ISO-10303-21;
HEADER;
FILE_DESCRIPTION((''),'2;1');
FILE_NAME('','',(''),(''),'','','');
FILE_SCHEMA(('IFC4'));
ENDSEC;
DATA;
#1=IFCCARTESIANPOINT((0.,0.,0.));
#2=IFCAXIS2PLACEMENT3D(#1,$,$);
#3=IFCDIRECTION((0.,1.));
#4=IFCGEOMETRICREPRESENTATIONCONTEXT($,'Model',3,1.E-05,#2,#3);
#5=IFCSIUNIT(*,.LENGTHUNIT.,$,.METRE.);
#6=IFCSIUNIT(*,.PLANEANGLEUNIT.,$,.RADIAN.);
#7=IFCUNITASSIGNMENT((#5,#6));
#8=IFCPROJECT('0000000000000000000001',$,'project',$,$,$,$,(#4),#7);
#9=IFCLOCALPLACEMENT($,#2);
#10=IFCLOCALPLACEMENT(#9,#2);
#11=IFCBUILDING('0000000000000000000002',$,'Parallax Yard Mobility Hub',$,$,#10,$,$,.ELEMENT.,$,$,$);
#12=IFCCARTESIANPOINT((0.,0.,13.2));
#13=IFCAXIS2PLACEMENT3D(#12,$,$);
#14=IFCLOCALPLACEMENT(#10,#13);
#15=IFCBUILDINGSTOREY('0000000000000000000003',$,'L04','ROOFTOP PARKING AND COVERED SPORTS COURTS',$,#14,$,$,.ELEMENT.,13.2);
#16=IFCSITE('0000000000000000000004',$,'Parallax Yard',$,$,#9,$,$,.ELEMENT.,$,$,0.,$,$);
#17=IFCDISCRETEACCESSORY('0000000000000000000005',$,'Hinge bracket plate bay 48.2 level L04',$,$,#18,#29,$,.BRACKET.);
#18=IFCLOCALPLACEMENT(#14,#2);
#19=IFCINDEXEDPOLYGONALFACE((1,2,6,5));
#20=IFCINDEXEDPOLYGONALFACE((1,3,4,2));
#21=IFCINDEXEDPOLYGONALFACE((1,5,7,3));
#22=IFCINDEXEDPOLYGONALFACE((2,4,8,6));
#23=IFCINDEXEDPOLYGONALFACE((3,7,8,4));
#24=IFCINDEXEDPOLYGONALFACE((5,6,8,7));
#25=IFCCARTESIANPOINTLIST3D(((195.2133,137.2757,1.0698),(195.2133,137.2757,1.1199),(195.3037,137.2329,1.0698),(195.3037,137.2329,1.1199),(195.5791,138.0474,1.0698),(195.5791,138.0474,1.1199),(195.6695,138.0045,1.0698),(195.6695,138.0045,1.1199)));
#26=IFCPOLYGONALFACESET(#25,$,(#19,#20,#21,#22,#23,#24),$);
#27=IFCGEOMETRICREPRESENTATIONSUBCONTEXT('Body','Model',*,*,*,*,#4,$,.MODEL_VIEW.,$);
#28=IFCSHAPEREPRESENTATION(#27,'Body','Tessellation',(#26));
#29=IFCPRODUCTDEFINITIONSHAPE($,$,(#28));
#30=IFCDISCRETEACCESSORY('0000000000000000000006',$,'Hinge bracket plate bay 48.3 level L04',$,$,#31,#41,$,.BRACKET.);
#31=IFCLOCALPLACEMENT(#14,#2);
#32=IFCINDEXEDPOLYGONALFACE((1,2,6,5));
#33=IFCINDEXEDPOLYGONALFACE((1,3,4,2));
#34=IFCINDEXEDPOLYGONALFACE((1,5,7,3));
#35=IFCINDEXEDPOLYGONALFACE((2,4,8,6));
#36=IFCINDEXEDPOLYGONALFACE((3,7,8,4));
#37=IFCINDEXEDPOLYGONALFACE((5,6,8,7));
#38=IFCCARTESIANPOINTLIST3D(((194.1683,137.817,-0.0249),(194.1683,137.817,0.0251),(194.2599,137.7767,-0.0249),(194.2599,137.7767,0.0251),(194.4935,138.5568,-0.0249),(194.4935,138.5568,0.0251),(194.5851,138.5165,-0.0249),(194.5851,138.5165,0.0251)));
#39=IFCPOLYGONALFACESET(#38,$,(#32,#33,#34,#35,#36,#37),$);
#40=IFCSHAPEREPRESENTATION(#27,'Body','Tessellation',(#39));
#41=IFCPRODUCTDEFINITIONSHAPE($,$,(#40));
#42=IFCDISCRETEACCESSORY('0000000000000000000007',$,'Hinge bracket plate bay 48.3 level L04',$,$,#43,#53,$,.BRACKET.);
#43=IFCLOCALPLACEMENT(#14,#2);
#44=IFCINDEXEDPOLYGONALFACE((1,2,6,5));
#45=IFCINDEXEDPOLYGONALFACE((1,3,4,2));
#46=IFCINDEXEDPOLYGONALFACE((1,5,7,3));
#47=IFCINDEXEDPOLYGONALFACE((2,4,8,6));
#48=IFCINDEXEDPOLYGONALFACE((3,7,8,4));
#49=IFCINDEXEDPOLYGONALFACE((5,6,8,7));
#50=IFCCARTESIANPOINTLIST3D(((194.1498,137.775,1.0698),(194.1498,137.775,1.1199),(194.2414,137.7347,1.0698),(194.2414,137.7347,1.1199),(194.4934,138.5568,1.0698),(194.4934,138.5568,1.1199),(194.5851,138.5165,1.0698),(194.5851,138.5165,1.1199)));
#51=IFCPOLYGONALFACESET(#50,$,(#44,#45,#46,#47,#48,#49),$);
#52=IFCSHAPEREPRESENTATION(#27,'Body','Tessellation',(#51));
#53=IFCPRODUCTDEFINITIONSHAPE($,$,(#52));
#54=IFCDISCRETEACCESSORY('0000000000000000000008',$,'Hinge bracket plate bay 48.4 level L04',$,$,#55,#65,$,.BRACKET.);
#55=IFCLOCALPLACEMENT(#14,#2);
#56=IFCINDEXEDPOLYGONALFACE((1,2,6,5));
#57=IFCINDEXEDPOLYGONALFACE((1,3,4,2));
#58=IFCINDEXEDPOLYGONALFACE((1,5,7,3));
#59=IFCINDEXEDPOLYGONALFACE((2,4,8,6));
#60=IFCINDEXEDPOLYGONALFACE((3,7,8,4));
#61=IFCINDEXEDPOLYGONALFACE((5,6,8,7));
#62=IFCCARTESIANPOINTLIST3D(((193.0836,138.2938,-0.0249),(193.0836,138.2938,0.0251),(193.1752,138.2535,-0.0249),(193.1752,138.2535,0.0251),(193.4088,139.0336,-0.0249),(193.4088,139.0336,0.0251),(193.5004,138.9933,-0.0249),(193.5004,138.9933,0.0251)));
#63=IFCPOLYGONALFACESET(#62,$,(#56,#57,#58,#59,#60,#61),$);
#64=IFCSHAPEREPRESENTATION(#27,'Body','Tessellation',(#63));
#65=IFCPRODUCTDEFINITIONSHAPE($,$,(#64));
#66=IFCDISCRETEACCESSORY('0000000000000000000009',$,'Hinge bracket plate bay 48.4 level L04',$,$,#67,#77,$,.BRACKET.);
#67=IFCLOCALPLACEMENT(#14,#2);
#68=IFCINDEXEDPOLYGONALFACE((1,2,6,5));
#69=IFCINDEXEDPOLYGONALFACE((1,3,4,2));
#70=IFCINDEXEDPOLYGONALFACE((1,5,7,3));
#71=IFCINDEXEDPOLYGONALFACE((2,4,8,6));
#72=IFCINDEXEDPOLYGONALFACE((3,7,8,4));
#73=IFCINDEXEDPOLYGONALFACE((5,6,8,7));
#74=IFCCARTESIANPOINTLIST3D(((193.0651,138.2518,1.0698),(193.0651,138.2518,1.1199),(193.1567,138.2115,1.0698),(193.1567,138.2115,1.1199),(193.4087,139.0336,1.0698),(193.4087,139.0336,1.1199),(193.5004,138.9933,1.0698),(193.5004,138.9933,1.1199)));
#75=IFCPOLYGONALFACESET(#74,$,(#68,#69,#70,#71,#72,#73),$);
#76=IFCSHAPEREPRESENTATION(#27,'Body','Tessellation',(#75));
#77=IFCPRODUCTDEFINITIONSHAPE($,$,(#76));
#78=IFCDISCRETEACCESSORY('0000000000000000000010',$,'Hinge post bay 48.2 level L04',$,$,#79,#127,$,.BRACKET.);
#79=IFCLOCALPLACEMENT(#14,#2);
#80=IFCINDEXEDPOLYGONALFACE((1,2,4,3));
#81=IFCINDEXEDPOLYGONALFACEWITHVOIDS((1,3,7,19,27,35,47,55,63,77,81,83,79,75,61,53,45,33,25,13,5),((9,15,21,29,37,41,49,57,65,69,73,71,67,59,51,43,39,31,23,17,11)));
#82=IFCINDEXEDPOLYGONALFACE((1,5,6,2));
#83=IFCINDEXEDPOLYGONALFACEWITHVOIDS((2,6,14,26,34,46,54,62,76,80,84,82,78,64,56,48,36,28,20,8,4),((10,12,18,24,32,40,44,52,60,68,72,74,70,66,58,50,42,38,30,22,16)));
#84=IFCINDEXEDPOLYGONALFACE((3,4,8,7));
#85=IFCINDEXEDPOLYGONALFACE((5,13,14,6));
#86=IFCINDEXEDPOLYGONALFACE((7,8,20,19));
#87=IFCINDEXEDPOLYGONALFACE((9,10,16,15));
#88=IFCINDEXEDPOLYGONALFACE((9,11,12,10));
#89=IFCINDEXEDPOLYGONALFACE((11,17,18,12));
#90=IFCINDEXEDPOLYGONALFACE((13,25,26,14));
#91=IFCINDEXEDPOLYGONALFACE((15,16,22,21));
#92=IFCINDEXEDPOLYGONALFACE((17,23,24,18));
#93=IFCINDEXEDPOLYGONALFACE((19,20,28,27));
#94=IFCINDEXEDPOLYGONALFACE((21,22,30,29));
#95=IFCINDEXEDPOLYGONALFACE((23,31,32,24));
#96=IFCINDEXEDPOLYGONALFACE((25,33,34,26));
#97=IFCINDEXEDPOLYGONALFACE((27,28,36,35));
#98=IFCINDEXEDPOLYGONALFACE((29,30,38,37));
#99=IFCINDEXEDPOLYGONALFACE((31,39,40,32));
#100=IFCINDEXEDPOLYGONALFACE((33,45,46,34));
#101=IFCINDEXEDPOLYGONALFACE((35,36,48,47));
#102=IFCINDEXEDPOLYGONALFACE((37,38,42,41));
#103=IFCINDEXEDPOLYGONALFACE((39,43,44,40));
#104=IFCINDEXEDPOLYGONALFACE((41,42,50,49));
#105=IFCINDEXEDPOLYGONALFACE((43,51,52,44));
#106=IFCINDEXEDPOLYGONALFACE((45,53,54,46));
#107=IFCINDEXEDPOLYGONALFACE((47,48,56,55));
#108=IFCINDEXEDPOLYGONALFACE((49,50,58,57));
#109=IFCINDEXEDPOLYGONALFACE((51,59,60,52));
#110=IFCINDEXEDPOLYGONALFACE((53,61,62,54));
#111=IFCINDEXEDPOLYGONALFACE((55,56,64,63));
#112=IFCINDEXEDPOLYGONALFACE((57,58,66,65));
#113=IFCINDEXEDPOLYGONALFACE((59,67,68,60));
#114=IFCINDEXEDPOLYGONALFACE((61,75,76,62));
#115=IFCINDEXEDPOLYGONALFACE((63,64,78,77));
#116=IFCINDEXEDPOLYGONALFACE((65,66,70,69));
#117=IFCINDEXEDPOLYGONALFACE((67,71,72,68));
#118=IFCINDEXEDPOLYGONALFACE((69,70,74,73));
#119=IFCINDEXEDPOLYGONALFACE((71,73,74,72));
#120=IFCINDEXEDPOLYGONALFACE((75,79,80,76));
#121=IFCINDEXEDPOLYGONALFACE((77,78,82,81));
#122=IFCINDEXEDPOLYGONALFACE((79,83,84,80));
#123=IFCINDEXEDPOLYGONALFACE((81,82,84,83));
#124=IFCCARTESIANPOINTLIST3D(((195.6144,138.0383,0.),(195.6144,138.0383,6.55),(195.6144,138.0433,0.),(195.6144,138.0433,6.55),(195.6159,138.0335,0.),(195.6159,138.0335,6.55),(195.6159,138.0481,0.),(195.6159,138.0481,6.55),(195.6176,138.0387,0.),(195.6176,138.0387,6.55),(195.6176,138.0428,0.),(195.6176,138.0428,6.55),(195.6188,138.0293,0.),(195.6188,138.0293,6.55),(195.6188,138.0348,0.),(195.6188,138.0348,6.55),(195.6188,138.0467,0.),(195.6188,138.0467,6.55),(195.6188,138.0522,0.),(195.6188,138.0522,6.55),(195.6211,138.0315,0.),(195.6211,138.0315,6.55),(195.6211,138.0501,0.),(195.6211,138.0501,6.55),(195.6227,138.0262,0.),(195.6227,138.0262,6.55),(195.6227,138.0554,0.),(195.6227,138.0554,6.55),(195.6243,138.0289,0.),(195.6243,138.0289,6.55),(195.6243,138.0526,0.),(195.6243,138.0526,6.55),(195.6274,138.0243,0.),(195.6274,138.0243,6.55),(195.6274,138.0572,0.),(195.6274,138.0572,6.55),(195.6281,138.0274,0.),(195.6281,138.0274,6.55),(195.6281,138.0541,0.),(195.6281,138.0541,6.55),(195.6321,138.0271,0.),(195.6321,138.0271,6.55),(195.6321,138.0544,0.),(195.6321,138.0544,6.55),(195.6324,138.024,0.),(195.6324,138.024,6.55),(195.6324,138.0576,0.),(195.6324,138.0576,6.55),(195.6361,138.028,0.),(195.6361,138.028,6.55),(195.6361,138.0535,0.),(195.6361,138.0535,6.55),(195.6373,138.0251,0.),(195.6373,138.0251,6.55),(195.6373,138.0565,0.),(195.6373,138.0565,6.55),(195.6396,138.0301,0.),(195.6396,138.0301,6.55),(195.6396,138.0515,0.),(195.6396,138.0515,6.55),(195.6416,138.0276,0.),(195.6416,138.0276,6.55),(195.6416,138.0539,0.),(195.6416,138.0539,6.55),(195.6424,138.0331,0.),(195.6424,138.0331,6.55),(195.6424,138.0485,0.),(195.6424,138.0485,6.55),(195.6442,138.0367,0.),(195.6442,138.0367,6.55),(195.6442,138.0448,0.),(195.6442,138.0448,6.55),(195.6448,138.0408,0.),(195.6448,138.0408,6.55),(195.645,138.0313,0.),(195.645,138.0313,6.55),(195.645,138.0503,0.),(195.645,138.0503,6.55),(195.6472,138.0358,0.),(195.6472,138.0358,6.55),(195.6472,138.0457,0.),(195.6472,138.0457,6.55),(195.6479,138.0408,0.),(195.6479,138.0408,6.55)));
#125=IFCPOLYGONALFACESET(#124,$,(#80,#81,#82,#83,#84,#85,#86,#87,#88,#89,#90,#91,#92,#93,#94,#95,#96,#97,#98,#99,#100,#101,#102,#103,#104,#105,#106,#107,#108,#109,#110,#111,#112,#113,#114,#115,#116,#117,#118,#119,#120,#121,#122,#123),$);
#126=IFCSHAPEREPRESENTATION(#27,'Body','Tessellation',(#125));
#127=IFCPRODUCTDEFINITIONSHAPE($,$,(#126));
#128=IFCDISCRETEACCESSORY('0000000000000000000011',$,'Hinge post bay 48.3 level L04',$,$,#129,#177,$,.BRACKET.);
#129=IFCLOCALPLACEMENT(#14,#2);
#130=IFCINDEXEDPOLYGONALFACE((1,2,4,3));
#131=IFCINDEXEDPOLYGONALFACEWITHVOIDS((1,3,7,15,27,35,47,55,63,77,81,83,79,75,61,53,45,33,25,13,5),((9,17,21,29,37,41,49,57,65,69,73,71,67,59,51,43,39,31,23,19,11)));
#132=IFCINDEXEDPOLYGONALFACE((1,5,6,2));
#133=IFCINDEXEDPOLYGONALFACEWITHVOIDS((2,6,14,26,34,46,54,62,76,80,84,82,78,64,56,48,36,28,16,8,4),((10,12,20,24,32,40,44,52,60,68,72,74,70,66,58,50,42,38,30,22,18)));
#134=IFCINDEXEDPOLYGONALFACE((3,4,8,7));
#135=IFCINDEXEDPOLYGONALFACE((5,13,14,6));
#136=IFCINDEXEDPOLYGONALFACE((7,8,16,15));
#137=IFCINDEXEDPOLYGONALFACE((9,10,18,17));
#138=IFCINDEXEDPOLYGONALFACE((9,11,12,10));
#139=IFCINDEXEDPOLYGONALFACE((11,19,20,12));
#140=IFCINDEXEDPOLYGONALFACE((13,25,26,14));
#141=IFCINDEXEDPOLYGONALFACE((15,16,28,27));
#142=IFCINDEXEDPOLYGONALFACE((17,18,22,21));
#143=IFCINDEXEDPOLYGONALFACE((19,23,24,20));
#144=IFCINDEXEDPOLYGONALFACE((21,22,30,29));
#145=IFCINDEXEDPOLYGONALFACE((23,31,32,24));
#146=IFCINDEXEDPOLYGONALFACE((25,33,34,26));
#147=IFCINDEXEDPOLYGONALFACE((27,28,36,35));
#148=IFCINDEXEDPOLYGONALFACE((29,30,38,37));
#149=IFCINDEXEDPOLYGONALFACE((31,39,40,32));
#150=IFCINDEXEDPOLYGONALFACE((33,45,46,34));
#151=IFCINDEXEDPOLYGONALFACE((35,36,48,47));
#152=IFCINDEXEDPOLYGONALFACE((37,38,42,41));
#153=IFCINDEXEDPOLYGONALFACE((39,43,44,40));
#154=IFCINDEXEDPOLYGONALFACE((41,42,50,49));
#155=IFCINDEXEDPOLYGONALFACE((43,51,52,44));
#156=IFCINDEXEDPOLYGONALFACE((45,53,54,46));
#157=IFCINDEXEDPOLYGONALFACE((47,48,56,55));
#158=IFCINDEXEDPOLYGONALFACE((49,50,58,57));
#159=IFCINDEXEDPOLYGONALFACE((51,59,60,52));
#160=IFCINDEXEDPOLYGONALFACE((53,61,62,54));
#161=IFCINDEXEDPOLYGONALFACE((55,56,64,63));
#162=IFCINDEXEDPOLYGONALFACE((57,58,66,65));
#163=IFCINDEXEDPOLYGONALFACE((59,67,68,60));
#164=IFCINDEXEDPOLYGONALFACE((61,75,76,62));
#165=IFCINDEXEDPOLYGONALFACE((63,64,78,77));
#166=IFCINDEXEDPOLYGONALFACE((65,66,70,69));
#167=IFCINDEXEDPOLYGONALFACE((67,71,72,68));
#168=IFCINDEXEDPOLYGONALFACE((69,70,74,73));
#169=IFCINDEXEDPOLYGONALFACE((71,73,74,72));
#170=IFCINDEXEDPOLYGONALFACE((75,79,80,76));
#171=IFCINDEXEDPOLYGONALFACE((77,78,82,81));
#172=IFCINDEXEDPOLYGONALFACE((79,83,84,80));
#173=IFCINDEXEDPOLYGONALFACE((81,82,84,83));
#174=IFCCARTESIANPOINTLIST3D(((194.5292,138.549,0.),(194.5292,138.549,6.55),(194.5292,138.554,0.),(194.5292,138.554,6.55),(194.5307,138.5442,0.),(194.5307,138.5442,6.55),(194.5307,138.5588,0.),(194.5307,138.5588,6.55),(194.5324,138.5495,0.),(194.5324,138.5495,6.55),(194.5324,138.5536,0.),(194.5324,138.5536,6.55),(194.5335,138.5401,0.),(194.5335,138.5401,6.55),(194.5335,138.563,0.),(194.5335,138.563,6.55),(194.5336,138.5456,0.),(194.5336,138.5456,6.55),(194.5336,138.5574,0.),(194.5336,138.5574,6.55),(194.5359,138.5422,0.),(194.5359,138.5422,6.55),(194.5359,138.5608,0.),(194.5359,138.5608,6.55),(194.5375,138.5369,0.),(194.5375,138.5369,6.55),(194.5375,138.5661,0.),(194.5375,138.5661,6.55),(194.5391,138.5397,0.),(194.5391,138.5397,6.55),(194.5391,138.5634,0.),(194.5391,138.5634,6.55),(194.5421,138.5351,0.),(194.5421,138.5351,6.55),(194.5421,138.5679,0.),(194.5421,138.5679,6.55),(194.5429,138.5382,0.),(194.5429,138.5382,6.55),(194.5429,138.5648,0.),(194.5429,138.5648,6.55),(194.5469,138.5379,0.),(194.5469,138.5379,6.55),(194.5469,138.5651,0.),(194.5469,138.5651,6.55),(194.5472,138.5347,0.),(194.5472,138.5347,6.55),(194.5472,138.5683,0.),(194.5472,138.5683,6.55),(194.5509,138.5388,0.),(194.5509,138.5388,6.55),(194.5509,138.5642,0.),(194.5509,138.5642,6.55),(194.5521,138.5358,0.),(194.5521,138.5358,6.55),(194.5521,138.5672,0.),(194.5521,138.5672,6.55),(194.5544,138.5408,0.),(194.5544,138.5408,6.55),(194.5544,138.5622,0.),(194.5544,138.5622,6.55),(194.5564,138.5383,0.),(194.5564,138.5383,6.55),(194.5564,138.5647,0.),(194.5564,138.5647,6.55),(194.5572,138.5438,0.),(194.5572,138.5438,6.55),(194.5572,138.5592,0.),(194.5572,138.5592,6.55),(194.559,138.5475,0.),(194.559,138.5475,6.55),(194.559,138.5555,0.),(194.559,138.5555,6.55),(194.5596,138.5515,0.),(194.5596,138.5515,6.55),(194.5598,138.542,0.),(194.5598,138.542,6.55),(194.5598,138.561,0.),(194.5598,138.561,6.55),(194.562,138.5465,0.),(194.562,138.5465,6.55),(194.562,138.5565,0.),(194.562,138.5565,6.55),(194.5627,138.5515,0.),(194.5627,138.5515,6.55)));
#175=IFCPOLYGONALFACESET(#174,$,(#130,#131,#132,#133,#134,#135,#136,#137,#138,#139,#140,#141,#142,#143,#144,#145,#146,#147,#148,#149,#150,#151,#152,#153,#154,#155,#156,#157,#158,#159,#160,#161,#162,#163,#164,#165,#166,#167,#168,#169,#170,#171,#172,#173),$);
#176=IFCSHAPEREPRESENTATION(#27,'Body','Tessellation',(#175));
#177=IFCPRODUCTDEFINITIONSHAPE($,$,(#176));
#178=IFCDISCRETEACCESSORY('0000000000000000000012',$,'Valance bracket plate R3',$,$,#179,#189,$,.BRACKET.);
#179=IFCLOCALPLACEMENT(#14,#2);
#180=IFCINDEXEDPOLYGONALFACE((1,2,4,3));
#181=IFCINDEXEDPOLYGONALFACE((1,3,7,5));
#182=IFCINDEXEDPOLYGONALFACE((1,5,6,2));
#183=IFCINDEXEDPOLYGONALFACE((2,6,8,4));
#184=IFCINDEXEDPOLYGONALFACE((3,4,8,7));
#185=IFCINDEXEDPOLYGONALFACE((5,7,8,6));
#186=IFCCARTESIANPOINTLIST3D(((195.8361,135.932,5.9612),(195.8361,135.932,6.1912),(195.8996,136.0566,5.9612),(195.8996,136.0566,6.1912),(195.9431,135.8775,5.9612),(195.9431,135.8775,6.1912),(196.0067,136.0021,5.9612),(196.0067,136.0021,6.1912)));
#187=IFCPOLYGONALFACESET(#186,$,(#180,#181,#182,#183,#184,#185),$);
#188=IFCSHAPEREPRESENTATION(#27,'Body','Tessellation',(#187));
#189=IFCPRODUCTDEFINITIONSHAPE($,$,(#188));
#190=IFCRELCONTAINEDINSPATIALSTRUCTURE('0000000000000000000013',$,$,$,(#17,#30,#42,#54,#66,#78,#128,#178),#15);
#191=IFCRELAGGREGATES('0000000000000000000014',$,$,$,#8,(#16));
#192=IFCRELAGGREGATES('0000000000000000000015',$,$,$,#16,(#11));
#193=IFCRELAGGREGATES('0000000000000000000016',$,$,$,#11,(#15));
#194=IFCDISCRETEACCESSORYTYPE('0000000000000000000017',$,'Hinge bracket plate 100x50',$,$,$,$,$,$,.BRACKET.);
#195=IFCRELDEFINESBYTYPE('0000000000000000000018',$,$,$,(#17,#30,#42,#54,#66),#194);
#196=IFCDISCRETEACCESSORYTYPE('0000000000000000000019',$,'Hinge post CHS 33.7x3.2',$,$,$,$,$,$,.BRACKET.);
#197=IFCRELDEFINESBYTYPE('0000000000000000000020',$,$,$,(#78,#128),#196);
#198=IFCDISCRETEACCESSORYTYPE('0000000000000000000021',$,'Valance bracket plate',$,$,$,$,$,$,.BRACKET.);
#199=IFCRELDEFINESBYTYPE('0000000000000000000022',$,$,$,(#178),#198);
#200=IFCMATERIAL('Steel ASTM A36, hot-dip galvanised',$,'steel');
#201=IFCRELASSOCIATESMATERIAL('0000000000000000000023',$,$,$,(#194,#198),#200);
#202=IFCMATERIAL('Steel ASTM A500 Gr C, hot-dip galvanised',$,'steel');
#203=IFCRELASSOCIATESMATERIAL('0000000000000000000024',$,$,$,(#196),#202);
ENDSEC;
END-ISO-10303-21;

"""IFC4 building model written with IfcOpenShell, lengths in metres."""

from ifc_helpers import new_model, si_unit, direction, frame, origin, origin_2d, place, context, subcontext, project, spatial, rectangle, hollow_circle, extrude, material, material_profile, profile_set, type_object, element, save


model = new_model("IFC4")

# Units and contexts
model_context = context("Model", 3, precision=1e-05, world=origin(), true_north=direction((0.0, 1.0)))
body_context = subcontext(model_context, "Body", "Model", "MODEL_VIEW")
ifc_project = project(units=[si_unit("LENGTHUNIT", "METRE"), si_unit("PLANEANGLEUNIT", "RADIAN")], contexts=[model_context])

# Site, building, storey
site_placement = place(None, origin())
site = spatial("IfcSite", under=ifc_project, at=site_placement, Name="Parallax Yard", CompositionType="ELEMENT", RefElevation=0.0)
building_placement = place(site_placement, origin())
building = spatial("IfcBuilding", under=site, at=building_placement, Name="Parallax Yard Mobility Hub", CompositionType="ELEMENT")
storey_placement = place(building_placement, frame((0.0, 0.0, 13.2)))
storey = spatial("IfcBuildingStorey", under=building, at=storey_placement, Name="L04", Description="ROOFTOP PARKING AND COVERED SPORTS COURTS", CompositionType="ELEMENT", Elevation=13.2)

# Discrete accessories
ifc_material_1 = material(Name="Steel ASTM A36, hot-dip galvanised", Category="steel")
discrete_accessory_type_1 = type_object("IfcDiscreteAccessoryType", Name="Hinge bracket plate 100x50", PredefinedType="BRACKET", material=ifc_material_1)
discrete_accessory_1_placement = place(storey_placement, frame((195.4414, 137.6401, 1.0698), z_axis=(0.0, 0.0, 1.0), x_axis=(0.428361, 0.903608, 0.0)))
element("IfcDiscreteAccessory", 1, at=discrete_accessory_1_placement, inside=storey, type_object=discrete_accessory_type_1, Name="Hinge bracket plate bay 48.2 level L04", PredefinedType="BRACKET", context=body_context, shape_type="SweptSolid", body=[
    extrude(rectangle(XDim=0.854, YDim=0.1001, at=origin_2d()), origin(), (0.0, 0.0, 1.0), 0.05),
])
discrete_accessory_2_placement = place(storey_placement, frame((194.3767, 138.1667, -0.0249), z_axis=(0.0, 0.0, 1.0), x_axis=(0.402384, 0.915471, 0.0)))
element("IfcDiscreteAccessory", 2, at=discrete_accessory_2_placement, inside=storey, type_object=discrete_accessory_type_1, Name="Hinge bracket plate bay 48.3 level L04", PredefinedType="BRACKET", context=body_context, shape_type="SweptSolid", body=[
    extrude(rectangle(XDim=0.8081, YDim=0.1001, at=origin_2d()), origin(), (0.0, 0.0, 1.0), 0.05),
])
discrete_accessory_3_placement = place(storey_placement, frame((194.3674, 138.1458, 1.0698), z_axis=(0.0, 0.0, 1.0), x_axis=(0.402384, 0.915471, 0.0)))
element("IfcDiscreteAccessory", 3, at=discrete_accessory_3_placement, inside=storey, type_object=discrete_accessory_type_1, Name="Hinge bracket plate bay 48.3 level L04", PredefinedType="BRACKET", context=body_context, shape_type="SweptSolid", body=[
    extrude(rectangle(XDim=0.854, YDim=0.1001, at=origin_2d()), origin(), (0.0, 0.0, 1.0), 0.05),
])
discrete_accessory_4_placement = place(storey_placement, frame((193.292, 138.6436, -0.0249), z_axis=(0.0, 0.0, 1.0), x_axis=(0.402384, 0.915471, 0.0)))
element("IfcDiscreteAccessory", 4, at=discrete_accessory_4_placement, inside=storey, type_object=discrete_accessory_type_1, Name="Hinge bracket plate bay 48.4 level L04", PredefinedType="BRACKET", context=body_context, shape_type="SweptSolid", body=[
    extrude(rectangle(XDim=0.8081, YDim=0.1001, at=origin_2d()), origin(), (0.0, 0.0, 1.0), 0.05),
])
discrete_accessory_5_placement = place(storey_placement, frame((193.2827, 138.6226, 1.0698), z_axis=(0.0, 0.0, 1.0), x_axis=(0.402384, 0.915471, 0.0)))
element("IfcDiscreteAccessory", 5, at=discrete_accessory_5_placement, inside=storey, type_object=discrete_accessory_type_1, Name="Hinge bracket plate bay 48.4 level L04", PredefinedType="BRACKET", context=body_context, shape_type="SweptSolid", body=[
    extrude(rectangle(XDim=0.854, YDim=0.1001, at=origin_2d()), origin(), (0.0, 0.0, 1.0), 0.05),
])
ifc_material_2 = material(Name="Steel ASTM A500 Gr C, hot-dip galvanised", Category="steel")
ifc_material_profile_1 = material_profile(ifc_material_2, hollow_circle(Radius=0.0168, WallThickness=0.0032, at=origin_2d()), Name="CHS 33.7x3.2")
ifc_profile_set_1 = profile_set([ifc_material_profile_1], Name="Steel ASTM A500 Gr C, hot-dip galvanised")
discrete_accessory_type_2 = type_object("IfcDiscreteAccessoryType", Name="Hinge post CHS 33.7x3.2", PredefinedType="BRACKET", material=ifc_profile_set_1)
for number, where, z_axis, x_axis, name in (
    (6, (195.6311, 138.0408, 0.0), (0.0, 0.0, 1.0), (1.0, 0.0, 0.0), "Hinge post bay 48.2 level L04"),
    (7, (194.5459, 138.5515, 0.0), (0.0, 0.0, 1.0), (1.0, 0.0, 0.0), "Hinge post bay 48.3 level L04"),
):
    element("IfcDiscreteAccessory", number, at=place(storey_placement, frame(where, z_axis=z_axis, x_axis=x_axis)), inside=storey, type_object=discrete_accessory_type_2, Name=name, PredefinedType="BRACKET", context=body_context, shape_type="SweptSolid", body=[
        extrude(hollow_circle(Radius=0.0168, WallThickness=0.0032, at=origin_2d()), origin(), (0.0, 0.0, 1.0), 6.55),
    ])
discrete_accessory_type_3 = type_object("IfcDiscreteAccessoryType", Name="Valance bracket plate", PredefinedType="BRACKET", material=ifc_material_1)
discrete_accessory_6_placement = place(storey_placement, frame((195.9214, 135.967, 5.9612), z_axis=(0.0, 0.0, 1.0), x_axis=(0.45399, 0.891007, 0.0)))
element("IfcDiscreteAccessory", 8, at=discrete_accessory_6_placement, inside=storey, type_object=discrete_accessory_type_3, Name="Valance bracket plate R3", PredefinedType="BRACKET", context=body_context, shape_type="SweptSolid", body=[
    extrude(rectangle(XDim=0.1399, YDim=0.1201, at=origin_2d()), origin(), (0.0, 0.0, 1.0), 0.23),
])

save(model, "model.ifc")
